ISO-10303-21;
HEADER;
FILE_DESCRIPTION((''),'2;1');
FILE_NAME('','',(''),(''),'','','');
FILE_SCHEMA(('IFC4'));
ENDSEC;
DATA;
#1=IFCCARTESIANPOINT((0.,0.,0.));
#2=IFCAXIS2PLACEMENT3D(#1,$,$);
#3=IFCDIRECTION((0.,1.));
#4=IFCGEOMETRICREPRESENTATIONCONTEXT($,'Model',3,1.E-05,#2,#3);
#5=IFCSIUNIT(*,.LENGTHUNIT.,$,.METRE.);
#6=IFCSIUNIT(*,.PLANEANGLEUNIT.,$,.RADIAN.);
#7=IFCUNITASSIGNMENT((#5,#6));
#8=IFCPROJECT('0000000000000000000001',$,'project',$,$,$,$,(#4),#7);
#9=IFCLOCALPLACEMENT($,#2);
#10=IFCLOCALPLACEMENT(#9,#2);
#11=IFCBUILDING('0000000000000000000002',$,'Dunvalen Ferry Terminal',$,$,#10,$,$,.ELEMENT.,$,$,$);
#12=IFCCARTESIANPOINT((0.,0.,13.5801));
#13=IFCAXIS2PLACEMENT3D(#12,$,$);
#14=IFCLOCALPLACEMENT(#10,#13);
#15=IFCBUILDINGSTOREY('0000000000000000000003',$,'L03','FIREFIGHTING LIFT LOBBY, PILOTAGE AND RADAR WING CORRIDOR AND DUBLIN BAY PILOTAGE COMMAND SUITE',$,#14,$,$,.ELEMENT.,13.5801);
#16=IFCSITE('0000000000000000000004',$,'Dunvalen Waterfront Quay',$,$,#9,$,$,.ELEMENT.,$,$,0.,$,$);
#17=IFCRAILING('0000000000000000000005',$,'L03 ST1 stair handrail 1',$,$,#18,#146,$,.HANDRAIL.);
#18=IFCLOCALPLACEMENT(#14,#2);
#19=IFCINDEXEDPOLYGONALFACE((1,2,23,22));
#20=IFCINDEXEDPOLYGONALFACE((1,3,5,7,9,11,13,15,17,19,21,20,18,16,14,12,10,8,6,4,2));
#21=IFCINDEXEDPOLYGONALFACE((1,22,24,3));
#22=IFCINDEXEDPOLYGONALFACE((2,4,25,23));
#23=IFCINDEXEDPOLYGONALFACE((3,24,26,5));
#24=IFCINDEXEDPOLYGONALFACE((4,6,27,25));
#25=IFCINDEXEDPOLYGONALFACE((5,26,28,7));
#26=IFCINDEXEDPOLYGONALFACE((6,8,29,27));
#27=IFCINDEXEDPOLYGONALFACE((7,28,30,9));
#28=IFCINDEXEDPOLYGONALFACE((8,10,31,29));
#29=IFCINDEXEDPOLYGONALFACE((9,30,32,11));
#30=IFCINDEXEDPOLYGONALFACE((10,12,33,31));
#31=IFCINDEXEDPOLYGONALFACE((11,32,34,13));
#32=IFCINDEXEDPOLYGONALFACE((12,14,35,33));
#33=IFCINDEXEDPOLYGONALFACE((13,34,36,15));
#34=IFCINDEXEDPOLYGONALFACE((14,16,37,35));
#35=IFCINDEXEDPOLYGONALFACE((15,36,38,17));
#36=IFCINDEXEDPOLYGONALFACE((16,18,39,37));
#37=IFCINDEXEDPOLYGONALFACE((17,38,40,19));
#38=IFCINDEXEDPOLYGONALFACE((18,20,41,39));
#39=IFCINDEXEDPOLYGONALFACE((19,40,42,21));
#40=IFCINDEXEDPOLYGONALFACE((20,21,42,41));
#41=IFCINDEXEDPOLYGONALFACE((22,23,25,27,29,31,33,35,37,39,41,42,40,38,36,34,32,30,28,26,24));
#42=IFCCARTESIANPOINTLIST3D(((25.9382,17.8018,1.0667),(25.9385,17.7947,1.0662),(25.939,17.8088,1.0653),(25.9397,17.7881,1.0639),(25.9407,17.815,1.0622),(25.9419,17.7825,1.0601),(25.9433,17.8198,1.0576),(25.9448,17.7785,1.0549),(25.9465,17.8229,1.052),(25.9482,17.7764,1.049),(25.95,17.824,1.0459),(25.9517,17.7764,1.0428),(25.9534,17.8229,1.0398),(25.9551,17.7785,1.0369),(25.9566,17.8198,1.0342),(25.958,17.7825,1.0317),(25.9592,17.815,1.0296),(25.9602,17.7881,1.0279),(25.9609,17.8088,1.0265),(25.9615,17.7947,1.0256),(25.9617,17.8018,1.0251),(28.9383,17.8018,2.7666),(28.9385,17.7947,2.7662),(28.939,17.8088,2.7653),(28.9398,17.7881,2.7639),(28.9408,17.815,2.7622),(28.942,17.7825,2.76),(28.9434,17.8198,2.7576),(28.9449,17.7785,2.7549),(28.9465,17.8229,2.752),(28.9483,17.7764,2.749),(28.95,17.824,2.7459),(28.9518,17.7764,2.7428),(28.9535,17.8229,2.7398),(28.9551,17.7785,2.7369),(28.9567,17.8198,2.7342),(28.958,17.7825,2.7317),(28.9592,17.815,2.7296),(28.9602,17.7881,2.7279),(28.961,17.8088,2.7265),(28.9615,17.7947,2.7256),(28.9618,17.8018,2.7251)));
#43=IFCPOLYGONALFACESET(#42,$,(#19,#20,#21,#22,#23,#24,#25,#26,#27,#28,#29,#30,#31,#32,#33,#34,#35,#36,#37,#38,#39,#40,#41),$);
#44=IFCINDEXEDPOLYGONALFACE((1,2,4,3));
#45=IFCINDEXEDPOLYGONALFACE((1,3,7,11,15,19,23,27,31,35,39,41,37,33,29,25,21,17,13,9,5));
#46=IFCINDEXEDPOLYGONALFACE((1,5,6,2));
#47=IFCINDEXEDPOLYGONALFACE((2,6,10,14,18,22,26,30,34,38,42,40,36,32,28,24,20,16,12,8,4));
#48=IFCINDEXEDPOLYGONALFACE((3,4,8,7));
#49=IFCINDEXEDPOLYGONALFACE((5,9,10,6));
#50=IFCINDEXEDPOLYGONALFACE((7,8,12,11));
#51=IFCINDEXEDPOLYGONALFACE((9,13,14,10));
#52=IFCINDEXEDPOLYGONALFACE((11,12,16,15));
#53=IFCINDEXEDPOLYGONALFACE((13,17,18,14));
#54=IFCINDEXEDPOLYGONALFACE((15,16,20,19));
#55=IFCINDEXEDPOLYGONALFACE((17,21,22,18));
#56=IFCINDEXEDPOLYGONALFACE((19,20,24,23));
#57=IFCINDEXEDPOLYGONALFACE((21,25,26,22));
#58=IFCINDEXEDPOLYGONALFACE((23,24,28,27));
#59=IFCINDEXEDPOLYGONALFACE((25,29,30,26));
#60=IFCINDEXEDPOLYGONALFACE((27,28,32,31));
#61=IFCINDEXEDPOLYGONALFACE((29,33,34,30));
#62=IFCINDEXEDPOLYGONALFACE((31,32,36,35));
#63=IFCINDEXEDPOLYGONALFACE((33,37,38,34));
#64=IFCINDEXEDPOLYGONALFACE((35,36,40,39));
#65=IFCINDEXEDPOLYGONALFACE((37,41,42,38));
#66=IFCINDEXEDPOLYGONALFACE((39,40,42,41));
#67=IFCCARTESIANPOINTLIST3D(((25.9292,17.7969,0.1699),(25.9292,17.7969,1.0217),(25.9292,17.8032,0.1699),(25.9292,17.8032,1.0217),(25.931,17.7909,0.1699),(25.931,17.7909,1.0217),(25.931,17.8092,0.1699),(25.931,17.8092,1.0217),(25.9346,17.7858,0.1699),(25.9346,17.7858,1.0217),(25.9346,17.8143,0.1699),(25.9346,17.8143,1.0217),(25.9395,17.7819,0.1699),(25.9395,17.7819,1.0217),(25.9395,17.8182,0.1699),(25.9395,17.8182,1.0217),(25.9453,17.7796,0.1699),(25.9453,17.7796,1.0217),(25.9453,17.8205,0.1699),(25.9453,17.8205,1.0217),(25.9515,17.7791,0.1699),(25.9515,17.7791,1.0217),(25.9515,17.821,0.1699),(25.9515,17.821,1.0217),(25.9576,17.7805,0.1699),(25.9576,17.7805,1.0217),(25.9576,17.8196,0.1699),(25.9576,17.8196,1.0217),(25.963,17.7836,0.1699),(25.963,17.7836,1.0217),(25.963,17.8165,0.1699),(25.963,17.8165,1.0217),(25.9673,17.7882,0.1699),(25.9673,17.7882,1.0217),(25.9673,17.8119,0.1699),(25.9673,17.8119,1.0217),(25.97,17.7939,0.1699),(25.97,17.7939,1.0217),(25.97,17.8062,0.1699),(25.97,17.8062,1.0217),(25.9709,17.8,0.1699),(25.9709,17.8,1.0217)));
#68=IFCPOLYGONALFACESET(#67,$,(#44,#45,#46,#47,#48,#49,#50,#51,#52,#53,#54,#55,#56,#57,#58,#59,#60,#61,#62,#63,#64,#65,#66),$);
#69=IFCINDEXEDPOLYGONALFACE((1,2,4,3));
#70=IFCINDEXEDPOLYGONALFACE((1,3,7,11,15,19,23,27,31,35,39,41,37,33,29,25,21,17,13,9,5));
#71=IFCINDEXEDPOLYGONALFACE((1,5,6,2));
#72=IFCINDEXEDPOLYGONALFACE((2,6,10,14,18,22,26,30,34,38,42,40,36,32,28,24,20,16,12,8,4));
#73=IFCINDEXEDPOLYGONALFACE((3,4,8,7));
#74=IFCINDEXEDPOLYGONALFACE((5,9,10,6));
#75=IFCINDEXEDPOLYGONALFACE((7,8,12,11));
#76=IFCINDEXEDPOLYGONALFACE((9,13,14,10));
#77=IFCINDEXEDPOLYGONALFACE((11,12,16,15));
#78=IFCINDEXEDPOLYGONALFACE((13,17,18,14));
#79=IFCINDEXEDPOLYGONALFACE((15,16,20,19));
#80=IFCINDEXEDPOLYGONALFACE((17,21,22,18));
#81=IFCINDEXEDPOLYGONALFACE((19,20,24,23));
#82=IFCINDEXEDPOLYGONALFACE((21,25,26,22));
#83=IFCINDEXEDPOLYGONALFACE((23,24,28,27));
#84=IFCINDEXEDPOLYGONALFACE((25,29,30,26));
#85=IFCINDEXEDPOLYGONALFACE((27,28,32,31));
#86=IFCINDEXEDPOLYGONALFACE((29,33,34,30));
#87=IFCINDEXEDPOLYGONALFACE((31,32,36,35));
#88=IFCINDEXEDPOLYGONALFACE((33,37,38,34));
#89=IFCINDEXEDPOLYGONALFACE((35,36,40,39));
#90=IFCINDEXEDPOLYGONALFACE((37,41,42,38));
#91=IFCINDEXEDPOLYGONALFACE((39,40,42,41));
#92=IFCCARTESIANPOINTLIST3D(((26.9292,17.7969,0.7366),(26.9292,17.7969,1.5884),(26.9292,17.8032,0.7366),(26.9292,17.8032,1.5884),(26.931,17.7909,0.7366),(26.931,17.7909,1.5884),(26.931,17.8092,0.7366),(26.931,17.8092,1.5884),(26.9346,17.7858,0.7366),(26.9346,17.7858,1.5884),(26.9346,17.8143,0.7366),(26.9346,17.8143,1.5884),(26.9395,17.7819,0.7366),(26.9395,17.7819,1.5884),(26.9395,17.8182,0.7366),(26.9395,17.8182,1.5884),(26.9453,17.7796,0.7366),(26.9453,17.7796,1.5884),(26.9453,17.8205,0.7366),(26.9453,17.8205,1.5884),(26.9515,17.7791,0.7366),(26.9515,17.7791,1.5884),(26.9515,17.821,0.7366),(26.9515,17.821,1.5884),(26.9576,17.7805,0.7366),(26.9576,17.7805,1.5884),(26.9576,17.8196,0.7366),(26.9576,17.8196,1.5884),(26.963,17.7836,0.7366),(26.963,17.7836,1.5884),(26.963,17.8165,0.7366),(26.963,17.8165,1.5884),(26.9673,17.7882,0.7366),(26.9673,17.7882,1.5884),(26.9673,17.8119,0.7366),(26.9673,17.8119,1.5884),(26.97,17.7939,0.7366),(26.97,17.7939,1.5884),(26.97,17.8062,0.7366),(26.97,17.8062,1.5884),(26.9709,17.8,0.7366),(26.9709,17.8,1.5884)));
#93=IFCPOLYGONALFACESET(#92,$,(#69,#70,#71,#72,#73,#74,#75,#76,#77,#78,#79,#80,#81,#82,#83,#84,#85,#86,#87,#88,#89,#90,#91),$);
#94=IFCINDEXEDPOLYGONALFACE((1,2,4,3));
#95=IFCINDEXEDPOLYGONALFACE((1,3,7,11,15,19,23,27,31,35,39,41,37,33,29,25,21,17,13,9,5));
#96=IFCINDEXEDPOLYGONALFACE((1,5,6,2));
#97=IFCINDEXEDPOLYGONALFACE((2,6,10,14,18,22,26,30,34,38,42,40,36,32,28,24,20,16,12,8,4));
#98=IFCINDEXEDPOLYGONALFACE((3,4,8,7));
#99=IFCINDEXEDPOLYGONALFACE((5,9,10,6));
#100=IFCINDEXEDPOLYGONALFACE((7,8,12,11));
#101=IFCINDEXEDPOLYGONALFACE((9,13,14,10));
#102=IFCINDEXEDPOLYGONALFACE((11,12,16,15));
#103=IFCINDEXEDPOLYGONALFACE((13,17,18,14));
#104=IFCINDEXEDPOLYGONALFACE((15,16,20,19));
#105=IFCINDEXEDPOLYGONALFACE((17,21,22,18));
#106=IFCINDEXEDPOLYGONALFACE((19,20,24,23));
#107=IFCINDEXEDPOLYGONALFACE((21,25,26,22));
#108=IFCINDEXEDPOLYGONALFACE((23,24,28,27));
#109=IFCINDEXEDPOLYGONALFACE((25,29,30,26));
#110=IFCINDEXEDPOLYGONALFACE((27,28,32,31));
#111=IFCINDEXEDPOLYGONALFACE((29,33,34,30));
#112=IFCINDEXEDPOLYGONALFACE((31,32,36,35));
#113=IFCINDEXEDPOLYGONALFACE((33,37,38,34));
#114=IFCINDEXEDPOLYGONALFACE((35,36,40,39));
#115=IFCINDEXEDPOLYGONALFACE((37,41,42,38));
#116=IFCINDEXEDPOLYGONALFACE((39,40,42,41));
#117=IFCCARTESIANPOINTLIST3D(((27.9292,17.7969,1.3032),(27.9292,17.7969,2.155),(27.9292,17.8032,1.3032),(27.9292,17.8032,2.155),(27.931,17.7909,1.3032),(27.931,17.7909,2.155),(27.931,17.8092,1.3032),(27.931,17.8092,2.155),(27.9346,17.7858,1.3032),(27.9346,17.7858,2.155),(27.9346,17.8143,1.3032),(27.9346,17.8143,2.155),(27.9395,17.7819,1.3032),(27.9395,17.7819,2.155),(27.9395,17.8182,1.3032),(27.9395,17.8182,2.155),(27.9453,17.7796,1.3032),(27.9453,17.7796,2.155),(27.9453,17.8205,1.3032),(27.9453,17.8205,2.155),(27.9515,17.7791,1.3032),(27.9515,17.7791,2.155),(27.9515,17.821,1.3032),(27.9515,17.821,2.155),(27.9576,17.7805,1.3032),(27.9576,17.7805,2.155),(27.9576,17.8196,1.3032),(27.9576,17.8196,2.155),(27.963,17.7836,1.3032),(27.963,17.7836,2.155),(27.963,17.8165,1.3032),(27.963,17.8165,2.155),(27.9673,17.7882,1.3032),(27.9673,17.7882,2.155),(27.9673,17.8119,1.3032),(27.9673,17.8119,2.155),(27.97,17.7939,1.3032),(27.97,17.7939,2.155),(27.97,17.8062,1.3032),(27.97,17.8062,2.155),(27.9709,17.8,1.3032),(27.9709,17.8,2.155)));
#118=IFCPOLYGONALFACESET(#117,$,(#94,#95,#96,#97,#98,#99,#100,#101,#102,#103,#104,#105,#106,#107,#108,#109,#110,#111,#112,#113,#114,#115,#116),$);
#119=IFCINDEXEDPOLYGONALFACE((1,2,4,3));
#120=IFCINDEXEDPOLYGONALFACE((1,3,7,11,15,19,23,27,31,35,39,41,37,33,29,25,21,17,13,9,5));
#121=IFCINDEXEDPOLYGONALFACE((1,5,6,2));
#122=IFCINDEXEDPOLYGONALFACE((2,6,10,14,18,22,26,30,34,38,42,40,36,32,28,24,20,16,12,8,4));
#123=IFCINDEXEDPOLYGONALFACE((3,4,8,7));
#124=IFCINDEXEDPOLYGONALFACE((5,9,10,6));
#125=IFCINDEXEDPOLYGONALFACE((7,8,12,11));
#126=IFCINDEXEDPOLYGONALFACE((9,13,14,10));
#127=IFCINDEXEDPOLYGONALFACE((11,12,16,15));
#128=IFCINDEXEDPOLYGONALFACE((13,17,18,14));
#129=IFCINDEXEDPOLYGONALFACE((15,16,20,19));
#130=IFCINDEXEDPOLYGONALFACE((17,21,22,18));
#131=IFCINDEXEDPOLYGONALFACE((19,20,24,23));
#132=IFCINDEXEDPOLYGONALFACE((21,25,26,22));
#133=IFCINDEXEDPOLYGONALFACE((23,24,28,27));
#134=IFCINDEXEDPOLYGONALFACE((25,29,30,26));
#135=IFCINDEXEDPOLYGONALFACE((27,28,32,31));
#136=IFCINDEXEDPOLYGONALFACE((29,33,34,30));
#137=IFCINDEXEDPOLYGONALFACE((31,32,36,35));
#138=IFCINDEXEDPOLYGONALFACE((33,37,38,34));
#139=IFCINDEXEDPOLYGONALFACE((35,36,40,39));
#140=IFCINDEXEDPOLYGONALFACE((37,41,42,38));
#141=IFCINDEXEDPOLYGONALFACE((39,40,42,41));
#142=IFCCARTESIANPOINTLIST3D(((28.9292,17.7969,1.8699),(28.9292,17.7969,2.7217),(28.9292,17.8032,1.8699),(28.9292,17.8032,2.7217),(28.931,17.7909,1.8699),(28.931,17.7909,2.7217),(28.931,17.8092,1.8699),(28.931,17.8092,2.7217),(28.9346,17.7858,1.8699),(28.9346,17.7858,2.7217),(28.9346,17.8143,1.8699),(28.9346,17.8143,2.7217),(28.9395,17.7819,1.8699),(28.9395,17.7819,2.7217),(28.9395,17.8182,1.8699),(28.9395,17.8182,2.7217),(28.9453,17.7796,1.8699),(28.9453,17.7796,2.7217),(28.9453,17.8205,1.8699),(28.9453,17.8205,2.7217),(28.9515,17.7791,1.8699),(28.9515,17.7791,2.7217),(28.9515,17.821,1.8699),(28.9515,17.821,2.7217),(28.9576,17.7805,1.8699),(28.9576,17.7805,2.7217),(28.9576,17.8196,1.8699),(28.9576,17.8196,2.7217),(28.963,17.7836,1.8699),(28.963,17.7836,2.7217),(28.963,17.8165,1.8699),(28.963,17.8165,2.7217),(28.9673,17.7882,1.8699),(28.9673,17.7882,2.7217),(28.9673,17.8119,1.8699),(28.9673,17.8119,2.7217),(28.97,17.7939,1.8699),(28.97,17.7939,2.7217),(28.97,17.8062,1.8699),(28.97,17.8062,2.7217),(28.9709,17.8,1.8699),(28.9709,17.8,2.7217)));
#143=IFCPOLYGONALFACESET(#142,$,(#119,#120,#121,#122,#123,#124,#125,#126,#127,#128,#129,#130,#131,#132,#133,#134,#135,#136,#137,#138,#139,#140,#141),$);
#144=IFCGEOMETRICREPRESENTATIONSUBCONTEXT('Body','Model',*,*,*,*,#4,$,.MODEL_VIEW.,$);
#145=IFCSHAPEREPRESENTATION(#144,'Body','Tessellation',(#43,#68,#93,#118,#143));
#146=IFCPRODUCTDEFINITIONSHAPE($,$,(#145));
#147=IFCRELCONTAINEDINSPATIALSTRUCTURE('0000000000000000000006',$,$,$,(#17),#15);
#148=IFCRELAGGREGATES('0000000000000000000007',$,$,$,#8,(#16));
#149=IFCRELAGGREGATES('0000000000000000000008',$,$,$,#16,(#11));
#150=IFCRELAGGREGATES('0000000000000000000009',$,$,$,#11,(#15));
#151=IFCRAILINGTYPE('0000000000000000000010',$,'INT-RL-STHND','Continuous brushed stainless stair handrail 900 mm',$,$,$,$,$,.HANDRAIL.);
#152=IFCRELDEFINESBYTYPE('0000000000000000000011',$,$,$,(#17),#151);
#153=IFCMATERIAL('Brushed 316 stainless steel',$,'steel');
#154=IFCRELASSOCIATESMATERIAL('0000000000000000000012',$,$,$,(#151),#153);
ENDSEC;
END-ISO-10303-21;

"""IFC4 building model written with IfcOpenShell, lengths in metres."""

from ifc_helpers import new_model, si_unit, direction, frame, origin, origin_2d, place, context, subcontext, project, spatial, circle, extrude, material, type_object, element, save


model = new_model("IFC4")

# Units and contexts
model_context = context("Model", 3, precision=1e-05, world=origin(), true_north=direction((0.0, 1.0)))
body_context = subcontext(model_context, "Body", "Model", "MODEL_VIEW")
ifc_project = project(units=[si_unit("LENGTHUNIT", "METRE"), si_unit("PLANEANGLEUNIT", "RADIAN")], contexts=[model_context])

# Site, building, storey
site_placement = place(None, origin())
site = spatial("IfcSite", under=ifc_project, at=site_placement, Name="Dunvalen Waterfront Quay", CompositionType="ELEMENT", RefElevation=0.0)
building_placement = place(site_placement, origin())
building = spatial("IfcBuilding", under=site, at=building_placement, Name="Dunvalen Ferry Terminal", CompositionType="ELEMENT")
storey_placement = place(building_placement, frame((0.0, 0.0, 13.5801)))
storey = spatial("IfcBuildingStorey", under=building, at=storey_placement, Name="L03", Description="FIREFIGHTING LIFT LOBBY, PILOTAGE AND RADAR WING CORRIDOR AND DUBLIN BAY PILOTAGE COMMAND SUITE", CompositionType="ELEMENT", Elevation=13.5801)

# Railing
ifc_material_1 = material(Name="Brushed 316 stainless steel", Category="steel")
railing_type_1 = type_object("IfcRailingType", Name="INT-RL-STHND", Description="Continuous brushed stainless stair handrail 900 mm", PredefinedType="HANDRAIL", material=ifc_material_1)
railing_1_placement = place(storey_placement, frame((25.95, 17.8, 0.1699)))
element("IfcRailing", 1, at=railing_1_placement, inside=storey, type_object=railing_type_1, Name="L03 ST1 stair handrail 1", PredefinedType="HANDRAIL", context=body_context, shape_type="SweptSolid", body=[
    extrude(circle(Radius=0.0239, at=origin_2d()), frame((0.0, 0.0, 0.876), z_axis=(0.870028, 0.0, 0.493002), x_axis=(0.0, 1.0, 0.0)), (0.0, 0.0, 1.0), 3.4482),
    extrude(circle(Radius=0.021, at=origin_2d()), origin(), (0.0, 0.0, 1.0), 0.8518),
    extrude(circle(Radius=0.021, at=origin_2d()), frame((1.0, 0.0, 0.5667)), (0.0, 0.0, 1.0), 0.8518),
    extrude(circle(Radius=0.021, at=origin_2d()), frame((2.0, 0.0, 1.1333)), (0.0, 0.0, 1.0), 0.8518),
    extrude(circle(Radius=0.021, at=origin_2d()), frame((3.0, 0.0, 1.7)), (0.0, 0.0, 1.0), 0.8518),
])

save(model, "model.ifc")
